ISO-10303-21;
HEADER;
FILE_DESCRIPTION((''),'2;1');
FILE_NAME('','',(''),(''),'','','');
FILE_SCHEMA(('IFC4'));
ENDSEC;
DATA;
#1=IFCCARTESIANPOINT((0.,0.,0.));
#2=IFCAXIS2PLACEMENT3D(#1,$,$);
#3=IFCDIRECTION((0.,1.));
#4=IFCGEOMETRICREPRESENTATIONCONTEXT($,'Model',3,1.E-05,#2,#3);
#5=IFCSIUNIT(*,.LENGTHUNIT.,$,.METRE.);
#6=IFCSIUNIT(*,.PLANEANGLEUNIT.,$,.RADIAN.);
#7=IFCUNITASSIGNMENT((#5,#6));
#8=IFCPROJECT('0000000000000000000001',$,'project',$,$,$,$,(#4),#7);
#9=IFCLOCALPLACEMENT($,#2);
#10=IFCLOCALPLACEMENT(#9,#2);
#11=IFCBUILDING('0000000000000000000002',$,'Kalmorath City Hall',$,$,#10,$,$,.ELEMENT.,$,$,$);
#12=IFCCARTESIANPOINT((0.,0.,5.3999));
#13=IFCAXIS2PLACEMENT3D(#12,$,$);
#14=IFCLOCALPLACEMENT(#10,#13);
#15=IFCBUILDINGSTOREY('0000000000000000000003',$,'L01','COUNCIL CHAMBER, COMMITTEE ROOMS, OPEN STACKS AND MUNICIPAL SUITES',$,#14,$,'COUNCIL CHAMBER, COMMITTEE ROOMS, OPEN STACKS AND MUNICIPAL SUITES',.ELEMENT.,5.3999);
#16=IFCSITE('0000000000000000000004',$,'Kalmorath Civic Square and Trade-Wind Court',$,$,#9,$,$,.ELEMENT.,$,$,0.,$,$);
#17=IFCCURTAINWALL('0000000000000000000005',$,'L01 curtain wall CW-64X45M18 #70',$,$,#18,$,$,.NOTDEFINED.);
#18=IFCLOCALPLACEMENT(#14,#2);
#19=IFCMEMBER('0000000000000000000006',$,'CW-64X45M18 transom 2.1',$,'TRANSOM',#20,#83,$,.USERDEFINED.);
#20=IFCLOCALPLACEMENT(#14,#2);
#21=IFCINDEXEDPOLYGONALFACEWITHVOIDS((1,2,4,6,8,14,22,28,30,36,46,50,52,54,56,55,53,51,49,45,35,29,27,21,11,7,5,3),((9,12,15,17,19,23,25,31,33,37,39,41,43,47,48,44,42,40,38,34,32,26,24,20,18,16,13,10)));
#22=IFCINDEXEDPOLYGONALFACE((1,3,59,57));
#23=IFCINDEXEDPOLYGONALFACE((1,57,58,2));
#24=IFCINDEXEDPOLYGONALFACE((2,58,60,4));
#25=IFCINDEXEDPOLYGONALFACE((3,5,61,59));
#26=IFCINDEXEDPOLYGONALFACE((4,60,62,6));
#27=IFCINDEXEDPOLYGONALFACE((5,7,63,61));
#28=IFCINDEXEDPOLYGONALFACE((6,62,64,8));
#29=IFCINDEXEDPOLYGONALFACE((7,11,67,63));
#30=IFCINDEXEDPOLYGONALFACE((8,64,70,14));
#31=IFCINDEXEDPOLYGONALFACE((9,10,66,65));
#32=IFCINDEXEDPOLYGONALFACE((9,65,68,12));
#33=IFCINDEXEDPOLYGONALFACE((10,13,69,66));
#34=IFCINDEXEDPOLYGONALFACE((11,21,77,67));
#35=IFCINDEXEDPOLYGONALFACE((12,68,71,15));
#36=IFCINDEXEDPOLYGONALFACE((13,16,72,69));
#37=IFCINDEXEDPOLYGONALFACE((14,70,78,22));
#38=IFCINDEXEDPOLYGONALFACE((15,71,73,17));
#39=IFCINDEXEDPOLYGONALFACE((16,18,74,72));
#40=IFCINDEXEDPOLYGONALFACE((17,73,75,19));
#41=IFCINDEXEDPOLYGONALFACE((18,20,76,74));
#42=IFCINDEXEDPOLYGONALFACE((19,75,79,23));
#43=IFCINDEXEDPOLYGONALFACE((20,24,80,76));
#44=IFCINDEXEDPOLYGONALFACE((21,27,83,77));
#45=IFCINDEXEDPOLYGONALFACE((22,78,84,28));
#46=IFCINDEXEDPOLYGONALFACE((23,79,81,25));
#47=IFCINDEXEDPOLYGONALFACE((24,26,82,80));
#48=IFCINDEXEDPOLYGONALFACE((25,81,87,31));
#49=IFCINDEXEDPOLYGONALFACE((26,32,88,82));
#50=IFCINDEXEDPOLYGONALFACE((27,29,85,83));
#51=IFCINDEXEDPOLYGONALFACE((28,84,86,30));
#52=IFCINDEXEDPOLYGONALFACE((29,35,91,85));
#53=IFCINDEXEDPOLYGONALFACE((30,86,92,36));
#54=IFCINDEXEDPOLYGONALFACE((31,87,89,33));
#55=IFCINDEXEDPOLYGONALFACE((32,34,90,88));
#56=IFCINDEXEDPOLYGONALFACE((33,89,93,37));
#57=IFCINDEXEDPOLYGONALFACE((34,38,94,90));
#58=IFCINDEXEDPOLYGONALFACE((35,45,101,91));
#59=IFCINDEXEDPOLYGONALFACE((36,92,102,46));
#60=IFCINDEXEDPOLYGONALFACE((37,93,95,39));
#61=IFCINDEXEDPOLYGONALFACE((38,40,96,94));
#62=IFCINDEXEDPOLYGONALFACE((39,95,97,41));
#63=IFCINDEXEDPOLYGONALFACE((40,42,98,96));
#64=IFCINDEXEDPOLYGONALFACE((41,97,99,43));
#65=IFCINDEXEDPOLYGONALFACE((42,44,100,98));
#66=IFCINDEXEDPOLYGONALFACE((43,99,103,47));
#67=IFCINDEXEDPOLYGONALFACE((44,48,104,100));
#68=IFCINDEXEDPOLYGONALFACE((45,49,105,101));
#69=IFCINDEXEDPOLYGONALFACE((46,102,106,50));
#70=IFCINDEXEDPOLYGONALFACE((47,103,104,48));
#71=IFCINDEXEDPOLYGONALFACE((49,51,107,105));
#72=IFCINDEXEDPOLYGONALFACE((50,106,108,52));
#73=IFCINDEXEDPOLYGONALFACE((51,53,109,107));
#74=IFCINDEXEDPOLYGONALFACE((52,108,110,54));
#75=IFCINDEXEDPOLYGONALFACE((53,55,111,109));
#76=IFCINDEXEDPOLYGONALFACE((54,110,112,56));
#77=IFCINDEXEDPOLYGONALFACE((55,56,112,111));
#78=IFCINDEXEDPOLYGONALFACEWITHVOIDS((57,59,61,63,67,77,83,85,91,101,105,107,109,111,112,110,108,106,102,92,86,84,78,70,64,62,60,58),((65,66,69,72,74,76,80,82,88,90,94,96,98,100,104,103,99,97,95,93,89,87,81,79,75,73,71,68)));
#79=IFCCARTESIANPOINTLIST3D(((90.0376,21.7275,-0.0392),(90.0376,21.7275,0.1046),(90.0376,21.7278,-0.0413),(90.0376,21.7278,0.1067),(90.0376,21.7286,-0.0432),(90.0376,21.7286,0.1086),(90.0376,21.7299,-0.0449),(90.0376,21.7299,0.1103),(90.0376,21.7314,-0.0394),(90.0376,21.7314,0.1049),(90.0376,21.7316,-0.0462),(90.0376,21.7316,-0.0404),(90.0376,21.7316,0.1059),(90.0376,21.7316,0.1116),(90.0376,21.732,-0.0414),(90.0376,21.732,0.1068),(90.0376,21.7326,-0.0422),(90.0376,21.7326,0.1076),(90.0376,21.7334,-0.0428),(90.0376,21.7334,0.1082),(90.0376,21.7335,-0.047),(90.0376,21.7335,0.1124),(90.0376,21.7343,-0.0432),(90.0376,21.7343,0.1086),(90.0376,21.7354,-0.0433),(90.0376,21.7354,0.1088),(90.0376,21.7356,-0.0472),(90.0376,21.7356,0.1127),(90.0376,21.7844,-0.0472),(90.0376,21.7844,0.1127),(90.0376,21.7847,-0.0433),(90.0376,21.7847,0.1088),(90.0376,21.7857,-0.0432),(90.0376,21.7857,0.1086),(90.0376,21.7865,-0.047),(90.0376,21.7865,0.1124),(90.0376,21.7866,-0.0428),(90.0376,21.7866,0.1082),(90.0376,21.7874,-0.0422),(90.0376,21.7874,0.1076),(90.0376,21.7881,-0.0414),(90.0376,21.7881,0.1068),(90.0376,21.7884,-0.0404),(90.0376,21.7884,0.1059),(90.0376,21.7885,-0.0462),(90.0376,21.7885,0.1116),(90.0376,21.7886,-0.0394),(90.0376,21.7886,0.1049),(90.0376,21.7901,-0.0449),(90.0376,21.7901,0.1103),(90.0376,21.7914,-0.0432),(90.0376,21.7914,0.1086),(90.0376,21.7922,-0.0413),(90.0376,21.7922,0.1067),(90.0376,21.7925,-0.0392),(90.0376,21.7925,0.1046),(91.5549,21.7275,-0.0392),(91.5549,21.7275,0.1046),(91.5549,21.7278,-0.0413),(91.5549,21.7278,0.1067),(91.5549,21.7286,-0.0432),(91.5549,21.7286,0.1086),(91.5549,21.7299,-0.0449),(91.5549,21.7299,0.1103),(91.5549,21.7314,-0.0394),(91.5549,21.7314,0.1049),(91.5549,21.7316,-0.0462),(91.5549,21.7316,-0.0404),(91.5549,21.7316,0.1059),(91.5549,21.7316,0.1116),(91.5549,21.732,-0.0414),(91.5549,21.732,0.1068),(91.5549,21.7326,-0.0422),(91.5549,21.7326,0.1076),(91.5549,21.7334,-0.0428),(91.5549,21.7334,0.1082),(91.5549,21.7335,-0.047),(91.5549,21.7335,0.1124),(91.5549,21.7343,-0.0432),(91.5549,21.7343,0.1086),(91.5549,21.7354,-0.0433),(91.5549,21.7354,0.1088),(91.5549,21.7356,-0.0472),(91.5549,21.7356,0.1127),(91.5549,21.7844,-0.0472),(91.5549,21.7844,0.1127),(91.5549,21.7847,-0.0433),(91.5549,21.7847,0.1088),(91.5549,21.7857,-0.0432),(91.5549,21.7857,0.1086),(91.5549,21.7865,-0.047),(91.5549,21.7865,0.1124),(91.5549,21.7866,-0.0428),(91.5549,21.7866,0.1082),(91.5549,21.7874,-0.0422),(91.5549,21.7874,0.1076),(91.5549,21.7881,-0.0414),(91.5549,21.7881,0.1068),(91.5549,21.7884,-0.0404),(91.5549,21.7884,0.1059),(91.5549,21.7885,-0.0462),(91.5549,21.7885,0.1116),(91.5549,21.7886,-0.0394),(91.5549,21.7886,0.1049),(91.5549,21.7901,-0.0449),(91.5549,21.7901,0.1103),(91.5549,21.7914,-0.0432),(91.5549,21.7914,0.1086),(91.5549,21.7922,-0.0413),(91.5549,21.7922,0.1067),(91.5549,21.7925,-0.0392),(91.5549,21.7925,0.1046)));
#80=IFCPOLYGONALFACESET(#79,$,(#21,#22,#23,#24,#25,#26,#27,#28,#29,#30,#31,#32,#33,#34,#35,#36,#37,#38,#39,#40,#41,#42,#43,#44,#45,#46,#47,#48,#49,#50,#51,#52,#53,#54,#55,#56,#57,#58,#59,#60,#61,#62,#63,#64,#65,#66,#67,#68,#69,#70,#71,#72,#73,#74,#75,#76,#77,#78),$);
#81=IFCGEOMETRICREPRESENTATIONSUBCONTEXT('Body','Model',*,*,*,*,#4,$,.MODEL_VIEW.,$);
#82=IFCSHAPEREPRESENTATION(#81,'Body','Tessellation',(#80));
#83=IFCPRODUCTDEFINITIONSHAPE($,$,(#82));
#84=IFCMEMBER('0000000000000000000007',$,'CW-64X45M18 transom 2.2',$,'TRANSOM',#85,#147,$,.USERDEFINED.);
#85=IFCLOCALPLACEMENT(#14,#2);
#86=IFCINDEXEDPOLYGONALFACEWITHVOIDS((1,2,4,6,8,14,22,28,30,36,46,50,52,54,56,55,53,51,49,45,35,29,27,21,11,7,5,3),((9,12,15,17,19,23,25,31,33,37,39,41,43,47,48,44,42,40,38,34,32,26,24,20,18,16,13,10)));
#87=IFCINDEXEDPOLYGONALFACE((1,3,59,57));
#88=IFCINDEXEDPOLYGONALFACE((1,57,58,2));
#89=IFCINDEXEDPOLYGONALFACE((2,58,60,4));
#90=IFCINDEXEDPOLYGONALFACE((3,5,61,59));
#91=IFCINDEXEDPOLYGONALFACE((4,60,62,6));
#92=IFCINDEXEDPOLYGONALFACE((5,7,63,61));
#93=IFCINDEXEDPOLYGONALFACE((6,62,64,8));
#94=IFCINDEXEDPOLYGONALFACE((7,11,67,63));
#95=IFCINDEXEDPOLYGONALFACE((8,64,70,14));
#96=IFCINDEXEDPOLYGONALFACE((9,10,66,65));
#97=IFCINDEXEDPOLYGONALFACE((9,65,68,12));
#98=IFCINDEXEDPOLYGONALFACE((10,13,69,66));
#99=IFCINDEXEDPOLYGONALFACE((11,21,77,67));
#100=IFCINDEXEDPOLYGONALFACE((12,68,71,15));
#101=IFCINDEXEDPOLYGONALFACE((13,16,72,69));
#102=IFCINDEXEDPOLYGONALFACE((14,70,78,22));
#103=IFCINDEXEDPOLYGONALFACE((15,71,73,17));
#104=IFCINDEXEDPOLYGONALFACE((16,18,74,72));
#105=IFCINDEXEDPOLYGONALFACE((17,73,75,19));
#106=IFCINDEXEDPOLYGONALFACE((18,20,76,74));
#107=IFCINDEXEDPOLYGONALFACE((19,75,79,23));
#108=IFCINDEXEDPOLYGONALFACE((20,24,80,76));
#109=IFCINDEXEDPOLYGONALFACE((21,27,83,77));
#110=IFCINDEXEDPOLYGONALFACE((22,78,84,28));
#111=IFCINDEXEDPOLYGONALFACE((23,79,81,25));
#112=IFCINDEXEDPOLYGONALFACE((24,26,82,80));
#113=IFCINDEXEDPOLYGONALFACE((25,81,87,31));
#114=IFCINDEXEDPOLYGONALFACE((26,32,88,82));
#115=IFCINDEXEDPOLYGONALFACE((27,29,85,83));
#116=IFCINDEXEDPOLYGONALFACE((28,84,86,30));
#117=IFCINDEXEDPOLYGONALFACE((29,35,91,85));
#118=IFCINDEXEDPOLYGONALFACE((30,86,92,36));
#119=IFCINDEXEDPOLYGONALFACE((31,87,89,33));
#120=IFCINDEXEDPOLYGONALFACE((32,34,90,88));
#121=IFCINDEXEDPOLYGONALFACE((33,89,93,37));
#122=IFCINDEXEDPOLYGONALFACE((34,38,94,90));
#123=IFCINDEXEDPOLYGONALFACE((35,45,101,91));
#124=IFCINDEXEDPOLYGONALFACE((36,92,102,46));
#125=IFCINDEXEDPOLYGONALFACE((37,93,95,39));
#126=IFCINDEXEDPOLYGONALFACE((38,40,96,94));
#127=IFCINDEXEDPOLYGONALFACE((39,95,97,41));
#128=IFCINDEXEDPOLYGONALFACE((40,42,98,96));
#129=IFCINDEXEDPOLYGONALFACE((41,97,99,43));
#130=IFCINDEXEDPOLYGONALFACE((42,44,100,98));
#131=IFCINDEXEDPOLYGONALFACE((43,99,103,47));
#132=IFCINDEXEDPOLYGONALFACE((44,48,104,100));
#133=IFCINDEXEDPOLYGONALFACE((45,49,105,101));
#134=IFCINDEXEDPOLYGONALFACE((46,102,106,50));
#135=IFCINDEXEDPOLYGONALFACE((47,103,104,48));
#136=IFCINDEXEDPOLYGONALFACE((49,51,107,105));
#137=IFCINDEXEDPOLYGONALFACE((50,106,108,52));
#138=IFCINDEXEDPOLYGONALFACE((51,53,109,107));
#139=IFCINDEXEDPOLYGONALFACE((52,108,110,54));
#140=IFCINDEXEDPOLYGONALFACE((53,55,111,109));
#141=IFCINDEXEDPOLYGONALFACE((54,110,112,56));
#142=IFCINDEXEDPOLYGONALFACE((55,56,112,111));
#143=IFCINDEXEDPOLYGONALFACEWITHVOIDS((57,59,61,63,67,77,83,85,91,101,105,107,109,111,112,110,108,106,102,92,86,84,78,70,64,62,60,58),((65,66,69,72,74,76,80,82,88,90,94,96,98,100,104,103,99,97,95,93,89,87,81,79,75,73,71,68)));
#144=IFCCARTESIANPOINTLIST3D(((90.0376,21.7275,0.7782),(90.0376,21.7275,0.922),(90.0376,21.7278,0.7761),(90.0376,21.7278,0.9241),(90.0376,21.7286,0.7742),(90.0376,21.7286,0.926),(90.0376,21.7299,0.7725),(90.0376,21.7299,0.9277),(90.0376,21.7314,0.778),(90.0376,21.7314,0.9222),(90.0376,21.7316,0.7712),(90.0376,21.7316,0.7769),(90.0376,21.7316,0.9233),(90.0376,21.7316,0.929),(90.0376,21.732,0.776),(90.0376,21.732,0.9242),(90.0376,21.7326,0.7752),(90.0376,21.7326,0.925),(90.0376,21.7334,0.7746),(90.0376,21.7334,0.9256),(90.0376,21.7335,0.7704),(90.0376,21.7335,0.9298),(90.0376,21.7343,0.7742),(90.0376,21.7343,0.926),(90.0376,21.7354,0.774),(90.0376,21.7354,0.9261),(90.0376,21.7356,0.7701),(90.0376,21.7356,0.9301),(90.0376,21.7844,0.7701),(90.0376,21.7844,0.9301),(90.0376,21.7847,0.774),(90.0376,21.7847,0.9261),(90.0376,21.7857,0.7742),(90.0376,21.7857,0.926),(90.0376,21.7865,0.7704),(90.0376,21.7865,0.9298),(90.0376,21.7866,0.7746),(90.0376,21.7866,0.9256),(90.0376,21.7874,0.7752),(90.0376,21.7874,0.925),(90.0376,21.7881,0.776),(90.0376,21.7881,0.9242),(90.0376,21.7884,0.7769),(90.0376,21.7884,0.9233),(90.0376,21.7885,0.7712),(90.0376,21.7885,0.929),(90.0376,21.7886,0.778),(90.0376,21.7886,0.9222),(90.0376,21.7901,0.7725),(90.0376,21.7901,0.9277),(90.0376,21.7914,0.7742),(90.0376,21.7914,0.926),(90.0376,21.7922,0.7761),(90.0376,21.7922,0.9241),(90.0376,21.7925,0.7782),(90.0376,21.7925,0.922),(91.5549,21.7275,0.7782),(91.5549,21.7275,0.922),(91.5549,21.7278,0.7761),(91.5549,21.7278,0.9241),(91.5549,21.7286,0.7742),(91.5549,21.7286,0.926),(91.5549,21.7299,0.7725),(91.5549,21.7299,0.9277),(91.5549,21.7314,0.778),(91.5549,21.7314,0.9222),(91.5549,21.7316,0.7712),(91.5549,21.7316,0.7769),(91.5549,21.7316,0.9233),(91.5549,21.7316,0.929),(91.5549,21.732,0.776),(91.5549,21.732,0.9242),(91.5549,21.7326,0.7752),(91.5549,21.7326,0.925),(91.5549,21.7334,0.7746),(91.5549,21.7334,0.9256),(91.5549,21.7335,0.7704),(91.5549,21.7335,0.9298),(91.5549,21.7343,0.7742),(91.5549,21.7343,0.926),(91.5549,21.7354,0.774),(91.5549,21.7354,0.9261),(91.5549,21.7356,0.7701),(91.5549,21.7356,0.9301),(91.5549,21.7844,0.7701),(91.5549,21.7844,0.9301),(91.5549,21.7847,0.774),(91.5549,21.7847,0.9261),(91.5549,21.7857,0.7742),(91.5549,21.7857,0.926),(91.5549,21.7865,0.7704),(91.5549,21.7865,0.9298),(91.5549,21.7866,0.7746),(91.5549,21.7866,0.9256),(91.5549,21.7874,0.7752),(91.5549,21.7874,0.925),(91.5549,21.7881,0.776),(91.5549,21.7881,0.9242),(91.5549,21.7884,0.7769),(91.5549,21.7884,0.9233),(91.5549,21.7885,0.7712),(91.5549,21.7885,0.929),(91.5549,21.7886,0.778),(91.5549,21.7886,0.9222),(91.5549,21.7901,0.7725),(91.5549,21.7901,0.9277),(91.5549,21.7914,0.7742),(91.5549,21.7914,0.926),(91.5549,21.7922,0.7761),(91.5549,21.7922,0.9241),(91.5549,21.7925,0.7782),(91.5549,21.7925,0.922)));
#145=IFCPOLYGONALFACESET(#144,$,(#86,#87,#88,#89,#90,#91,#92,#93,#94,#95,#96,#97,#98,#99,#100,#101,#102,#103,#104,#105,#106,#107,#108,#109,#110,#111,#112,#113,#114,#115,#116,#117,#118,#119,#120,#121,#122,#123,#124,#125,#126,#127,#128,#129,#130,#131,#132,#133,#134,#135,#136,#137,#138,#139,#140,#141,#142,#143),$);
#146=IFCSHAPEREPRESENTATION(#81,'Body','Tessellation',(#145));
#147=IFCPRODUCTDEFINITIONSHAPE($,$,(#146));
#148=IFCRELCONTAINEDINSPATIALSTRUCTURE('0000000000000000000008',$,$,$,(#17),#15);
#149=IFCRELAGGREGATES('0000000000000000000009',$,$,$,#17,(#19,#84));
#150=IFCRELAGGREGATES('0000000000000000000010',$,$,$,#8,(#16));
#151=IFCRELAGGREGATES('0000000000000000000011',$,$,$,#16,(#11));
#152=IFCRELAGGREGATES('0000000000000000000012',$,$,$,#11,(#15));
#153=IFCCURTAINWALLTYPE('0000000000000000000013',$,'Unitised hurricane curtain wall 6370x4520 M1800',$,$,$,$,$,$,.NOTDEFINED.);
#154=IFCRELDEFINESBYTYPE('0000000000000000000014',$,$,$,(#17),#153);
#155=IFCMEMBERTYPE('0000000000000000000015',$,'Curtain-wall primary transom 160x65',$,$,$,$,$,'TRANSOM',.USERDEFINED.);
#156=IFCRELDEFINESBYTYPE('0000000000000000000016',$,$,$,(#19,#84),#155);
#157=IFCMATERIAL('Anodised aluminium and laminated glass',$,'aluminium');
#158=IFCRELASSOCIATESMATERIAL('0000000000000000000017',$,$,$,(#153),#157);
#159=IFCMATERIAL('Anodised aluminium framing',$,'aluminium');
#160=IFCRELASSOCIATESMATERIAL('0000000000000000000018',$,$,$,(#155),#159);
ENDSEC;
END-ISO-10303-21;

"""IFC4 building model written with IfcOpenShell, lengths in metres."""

from ifc_helpers import new_model, si_unit, direction, frame, origin, origin_2d, place, context, subcontext, project, spatial, hollow_rectangle, extrude, material, material_profile, profile_set, type_object, element, aggregate, save


model = new_model("IFC4")

# Units and contexts
model_context = context("Model", 3, precision=1e-05, world=origin(), true_north=direction((0.0, 1.0)))
body_context = subcontext(model_context, "Body", "Model", "MODEL_VIEW")
ifc_project = project(units=[si_unit("LENGTHUNIT", "METRE"), si_unit("PLANEANGLEUNIT", "RADIAN")], contexts=[model_context])

# Site, building, storey
site_placement = place(None, origin())
site = spatial("IfcSite", under=ifc_project, at=site_placement, Name="Kalmorath Civic Square and Trade-Wind Court", CompositionType="ELEMENT", RefElevation=0.0)
building_placement = place(site_placement, origin())
building = spatial("IfcBuilding", under=site, at=building_placement, Name="Kalmorath City Hall", CompositionType="ELEMENT")
storey_placement = place(building_placement, frame((0.0, 0.0, 5.3999)))
storey = spatial("IfcBuildingStorey", under=building, at=storey_placement, Name="L01", Description="COUNCIL CHAMBER, COMMITTEE ROOMS, OPEN STACKS AND MUNICIPAL SUITES", LongName="COUNCIL CHAMBER, COMMITTEE ROOMS, OPEN STACKS AND MUNICIPAL SUITES", CompositionType="ELEMENT", Elevation=5.3999)

# Curtain wall, members
ifc_material_1 = material(Name="Anodised aluminium and laminated glass", Category="aluminium")
curtain_wall_type = type_object("IfcCurtainWallType", Name="Unitised hurricane curtain wall 6370x4520 M1800", PredefinedType="NOTDEFINED", material=ifc_material_1)
curtain_wall_placement = place(storey_placement, origin())
curtain_wall = element("IfcCurtainWall", 1, at=curtain_wall_placement, inside=storey, type_object=curtain_wall_type, Name="L01 curtain wall CW-64X45M18 #70", PredefinedType="NOTDEFINED")
ifc_material_2 = material(Name="Anodised aluminium framing", Category="aluminium")
ifc_material_profile_1 = material_profile(ifc_material_2, hollow_rectangle(XDim=0.0649, YDim=0.1599, WallThickness=0.0039, InnerFilletRadius=0.0039, OuterFilletRadius=0.0081, at=origin_2d()), Name="ALU-TRN-160X65X4")
ifc_profile_set_1 = profile_set([ifc_material_profile_1], Name="Anodised aluminium framing")
member_type_1 = type_object("IfcMemberType", Name="Curtain-wall primary transom 160x65", ElementType="TRANSOM", PredefinedType="USERDEFINED", material=ifc_profile_set_1)
member_1_placement = place(storey_placement, frame((91.5549, 21.76, 0.0327), z_axis=(-1.0, 0.0, 0.0), x_axis=(0.0, -1.0, 0.0)))
member_1 = element("IfcMember", 2, at=member_1_placement, type_object=member_type_1, Name="CW-64X45M18 transom 2.1", ObjectType="TRANSOM", PredefinedType="USERDEFINED", context=body_context, shape_type="SweptSolid", body=[
    extrude(hollow_rectangle(XDim=0.0649, YDim=0.1599, WallThickness=0.0039, InnerFilletRadius=0.0039, OuterFilletRadius=0.0081, at=origin_2d()), origin(), (0.0, 0.0, 1.0), 1.5173),
])
member_2_placement = place(storey_placement, frame((91.5549, 21.76, 0.8501), z_axis=(-1.0, 0.0, 0.0), x_axis=(0.0, -1.0, 0.0)))
member_2 = element("IfcMember", 3, at=member_2_placement, type_object=member_type_1, Name="CW-64X45M18 transom 2.2", ObjectType="TRANSOM", PredefinedType="USERDEFINED", context=body_context, shape_type="SweptSolid", body=[
    extrude(hollow_rectangle(XDim=0.0649, YDim=0.1599, WallThickness=0.0039, InnerFilletRadius=0.0039, OuterFilletRadius=0.0081, at=origin_2d()), origin(), (0.0, 0.0, 1.0), 1.5173),
])

aggregate(curtain_wall, [member_1, member_2])

save(model, "model.ifc")
